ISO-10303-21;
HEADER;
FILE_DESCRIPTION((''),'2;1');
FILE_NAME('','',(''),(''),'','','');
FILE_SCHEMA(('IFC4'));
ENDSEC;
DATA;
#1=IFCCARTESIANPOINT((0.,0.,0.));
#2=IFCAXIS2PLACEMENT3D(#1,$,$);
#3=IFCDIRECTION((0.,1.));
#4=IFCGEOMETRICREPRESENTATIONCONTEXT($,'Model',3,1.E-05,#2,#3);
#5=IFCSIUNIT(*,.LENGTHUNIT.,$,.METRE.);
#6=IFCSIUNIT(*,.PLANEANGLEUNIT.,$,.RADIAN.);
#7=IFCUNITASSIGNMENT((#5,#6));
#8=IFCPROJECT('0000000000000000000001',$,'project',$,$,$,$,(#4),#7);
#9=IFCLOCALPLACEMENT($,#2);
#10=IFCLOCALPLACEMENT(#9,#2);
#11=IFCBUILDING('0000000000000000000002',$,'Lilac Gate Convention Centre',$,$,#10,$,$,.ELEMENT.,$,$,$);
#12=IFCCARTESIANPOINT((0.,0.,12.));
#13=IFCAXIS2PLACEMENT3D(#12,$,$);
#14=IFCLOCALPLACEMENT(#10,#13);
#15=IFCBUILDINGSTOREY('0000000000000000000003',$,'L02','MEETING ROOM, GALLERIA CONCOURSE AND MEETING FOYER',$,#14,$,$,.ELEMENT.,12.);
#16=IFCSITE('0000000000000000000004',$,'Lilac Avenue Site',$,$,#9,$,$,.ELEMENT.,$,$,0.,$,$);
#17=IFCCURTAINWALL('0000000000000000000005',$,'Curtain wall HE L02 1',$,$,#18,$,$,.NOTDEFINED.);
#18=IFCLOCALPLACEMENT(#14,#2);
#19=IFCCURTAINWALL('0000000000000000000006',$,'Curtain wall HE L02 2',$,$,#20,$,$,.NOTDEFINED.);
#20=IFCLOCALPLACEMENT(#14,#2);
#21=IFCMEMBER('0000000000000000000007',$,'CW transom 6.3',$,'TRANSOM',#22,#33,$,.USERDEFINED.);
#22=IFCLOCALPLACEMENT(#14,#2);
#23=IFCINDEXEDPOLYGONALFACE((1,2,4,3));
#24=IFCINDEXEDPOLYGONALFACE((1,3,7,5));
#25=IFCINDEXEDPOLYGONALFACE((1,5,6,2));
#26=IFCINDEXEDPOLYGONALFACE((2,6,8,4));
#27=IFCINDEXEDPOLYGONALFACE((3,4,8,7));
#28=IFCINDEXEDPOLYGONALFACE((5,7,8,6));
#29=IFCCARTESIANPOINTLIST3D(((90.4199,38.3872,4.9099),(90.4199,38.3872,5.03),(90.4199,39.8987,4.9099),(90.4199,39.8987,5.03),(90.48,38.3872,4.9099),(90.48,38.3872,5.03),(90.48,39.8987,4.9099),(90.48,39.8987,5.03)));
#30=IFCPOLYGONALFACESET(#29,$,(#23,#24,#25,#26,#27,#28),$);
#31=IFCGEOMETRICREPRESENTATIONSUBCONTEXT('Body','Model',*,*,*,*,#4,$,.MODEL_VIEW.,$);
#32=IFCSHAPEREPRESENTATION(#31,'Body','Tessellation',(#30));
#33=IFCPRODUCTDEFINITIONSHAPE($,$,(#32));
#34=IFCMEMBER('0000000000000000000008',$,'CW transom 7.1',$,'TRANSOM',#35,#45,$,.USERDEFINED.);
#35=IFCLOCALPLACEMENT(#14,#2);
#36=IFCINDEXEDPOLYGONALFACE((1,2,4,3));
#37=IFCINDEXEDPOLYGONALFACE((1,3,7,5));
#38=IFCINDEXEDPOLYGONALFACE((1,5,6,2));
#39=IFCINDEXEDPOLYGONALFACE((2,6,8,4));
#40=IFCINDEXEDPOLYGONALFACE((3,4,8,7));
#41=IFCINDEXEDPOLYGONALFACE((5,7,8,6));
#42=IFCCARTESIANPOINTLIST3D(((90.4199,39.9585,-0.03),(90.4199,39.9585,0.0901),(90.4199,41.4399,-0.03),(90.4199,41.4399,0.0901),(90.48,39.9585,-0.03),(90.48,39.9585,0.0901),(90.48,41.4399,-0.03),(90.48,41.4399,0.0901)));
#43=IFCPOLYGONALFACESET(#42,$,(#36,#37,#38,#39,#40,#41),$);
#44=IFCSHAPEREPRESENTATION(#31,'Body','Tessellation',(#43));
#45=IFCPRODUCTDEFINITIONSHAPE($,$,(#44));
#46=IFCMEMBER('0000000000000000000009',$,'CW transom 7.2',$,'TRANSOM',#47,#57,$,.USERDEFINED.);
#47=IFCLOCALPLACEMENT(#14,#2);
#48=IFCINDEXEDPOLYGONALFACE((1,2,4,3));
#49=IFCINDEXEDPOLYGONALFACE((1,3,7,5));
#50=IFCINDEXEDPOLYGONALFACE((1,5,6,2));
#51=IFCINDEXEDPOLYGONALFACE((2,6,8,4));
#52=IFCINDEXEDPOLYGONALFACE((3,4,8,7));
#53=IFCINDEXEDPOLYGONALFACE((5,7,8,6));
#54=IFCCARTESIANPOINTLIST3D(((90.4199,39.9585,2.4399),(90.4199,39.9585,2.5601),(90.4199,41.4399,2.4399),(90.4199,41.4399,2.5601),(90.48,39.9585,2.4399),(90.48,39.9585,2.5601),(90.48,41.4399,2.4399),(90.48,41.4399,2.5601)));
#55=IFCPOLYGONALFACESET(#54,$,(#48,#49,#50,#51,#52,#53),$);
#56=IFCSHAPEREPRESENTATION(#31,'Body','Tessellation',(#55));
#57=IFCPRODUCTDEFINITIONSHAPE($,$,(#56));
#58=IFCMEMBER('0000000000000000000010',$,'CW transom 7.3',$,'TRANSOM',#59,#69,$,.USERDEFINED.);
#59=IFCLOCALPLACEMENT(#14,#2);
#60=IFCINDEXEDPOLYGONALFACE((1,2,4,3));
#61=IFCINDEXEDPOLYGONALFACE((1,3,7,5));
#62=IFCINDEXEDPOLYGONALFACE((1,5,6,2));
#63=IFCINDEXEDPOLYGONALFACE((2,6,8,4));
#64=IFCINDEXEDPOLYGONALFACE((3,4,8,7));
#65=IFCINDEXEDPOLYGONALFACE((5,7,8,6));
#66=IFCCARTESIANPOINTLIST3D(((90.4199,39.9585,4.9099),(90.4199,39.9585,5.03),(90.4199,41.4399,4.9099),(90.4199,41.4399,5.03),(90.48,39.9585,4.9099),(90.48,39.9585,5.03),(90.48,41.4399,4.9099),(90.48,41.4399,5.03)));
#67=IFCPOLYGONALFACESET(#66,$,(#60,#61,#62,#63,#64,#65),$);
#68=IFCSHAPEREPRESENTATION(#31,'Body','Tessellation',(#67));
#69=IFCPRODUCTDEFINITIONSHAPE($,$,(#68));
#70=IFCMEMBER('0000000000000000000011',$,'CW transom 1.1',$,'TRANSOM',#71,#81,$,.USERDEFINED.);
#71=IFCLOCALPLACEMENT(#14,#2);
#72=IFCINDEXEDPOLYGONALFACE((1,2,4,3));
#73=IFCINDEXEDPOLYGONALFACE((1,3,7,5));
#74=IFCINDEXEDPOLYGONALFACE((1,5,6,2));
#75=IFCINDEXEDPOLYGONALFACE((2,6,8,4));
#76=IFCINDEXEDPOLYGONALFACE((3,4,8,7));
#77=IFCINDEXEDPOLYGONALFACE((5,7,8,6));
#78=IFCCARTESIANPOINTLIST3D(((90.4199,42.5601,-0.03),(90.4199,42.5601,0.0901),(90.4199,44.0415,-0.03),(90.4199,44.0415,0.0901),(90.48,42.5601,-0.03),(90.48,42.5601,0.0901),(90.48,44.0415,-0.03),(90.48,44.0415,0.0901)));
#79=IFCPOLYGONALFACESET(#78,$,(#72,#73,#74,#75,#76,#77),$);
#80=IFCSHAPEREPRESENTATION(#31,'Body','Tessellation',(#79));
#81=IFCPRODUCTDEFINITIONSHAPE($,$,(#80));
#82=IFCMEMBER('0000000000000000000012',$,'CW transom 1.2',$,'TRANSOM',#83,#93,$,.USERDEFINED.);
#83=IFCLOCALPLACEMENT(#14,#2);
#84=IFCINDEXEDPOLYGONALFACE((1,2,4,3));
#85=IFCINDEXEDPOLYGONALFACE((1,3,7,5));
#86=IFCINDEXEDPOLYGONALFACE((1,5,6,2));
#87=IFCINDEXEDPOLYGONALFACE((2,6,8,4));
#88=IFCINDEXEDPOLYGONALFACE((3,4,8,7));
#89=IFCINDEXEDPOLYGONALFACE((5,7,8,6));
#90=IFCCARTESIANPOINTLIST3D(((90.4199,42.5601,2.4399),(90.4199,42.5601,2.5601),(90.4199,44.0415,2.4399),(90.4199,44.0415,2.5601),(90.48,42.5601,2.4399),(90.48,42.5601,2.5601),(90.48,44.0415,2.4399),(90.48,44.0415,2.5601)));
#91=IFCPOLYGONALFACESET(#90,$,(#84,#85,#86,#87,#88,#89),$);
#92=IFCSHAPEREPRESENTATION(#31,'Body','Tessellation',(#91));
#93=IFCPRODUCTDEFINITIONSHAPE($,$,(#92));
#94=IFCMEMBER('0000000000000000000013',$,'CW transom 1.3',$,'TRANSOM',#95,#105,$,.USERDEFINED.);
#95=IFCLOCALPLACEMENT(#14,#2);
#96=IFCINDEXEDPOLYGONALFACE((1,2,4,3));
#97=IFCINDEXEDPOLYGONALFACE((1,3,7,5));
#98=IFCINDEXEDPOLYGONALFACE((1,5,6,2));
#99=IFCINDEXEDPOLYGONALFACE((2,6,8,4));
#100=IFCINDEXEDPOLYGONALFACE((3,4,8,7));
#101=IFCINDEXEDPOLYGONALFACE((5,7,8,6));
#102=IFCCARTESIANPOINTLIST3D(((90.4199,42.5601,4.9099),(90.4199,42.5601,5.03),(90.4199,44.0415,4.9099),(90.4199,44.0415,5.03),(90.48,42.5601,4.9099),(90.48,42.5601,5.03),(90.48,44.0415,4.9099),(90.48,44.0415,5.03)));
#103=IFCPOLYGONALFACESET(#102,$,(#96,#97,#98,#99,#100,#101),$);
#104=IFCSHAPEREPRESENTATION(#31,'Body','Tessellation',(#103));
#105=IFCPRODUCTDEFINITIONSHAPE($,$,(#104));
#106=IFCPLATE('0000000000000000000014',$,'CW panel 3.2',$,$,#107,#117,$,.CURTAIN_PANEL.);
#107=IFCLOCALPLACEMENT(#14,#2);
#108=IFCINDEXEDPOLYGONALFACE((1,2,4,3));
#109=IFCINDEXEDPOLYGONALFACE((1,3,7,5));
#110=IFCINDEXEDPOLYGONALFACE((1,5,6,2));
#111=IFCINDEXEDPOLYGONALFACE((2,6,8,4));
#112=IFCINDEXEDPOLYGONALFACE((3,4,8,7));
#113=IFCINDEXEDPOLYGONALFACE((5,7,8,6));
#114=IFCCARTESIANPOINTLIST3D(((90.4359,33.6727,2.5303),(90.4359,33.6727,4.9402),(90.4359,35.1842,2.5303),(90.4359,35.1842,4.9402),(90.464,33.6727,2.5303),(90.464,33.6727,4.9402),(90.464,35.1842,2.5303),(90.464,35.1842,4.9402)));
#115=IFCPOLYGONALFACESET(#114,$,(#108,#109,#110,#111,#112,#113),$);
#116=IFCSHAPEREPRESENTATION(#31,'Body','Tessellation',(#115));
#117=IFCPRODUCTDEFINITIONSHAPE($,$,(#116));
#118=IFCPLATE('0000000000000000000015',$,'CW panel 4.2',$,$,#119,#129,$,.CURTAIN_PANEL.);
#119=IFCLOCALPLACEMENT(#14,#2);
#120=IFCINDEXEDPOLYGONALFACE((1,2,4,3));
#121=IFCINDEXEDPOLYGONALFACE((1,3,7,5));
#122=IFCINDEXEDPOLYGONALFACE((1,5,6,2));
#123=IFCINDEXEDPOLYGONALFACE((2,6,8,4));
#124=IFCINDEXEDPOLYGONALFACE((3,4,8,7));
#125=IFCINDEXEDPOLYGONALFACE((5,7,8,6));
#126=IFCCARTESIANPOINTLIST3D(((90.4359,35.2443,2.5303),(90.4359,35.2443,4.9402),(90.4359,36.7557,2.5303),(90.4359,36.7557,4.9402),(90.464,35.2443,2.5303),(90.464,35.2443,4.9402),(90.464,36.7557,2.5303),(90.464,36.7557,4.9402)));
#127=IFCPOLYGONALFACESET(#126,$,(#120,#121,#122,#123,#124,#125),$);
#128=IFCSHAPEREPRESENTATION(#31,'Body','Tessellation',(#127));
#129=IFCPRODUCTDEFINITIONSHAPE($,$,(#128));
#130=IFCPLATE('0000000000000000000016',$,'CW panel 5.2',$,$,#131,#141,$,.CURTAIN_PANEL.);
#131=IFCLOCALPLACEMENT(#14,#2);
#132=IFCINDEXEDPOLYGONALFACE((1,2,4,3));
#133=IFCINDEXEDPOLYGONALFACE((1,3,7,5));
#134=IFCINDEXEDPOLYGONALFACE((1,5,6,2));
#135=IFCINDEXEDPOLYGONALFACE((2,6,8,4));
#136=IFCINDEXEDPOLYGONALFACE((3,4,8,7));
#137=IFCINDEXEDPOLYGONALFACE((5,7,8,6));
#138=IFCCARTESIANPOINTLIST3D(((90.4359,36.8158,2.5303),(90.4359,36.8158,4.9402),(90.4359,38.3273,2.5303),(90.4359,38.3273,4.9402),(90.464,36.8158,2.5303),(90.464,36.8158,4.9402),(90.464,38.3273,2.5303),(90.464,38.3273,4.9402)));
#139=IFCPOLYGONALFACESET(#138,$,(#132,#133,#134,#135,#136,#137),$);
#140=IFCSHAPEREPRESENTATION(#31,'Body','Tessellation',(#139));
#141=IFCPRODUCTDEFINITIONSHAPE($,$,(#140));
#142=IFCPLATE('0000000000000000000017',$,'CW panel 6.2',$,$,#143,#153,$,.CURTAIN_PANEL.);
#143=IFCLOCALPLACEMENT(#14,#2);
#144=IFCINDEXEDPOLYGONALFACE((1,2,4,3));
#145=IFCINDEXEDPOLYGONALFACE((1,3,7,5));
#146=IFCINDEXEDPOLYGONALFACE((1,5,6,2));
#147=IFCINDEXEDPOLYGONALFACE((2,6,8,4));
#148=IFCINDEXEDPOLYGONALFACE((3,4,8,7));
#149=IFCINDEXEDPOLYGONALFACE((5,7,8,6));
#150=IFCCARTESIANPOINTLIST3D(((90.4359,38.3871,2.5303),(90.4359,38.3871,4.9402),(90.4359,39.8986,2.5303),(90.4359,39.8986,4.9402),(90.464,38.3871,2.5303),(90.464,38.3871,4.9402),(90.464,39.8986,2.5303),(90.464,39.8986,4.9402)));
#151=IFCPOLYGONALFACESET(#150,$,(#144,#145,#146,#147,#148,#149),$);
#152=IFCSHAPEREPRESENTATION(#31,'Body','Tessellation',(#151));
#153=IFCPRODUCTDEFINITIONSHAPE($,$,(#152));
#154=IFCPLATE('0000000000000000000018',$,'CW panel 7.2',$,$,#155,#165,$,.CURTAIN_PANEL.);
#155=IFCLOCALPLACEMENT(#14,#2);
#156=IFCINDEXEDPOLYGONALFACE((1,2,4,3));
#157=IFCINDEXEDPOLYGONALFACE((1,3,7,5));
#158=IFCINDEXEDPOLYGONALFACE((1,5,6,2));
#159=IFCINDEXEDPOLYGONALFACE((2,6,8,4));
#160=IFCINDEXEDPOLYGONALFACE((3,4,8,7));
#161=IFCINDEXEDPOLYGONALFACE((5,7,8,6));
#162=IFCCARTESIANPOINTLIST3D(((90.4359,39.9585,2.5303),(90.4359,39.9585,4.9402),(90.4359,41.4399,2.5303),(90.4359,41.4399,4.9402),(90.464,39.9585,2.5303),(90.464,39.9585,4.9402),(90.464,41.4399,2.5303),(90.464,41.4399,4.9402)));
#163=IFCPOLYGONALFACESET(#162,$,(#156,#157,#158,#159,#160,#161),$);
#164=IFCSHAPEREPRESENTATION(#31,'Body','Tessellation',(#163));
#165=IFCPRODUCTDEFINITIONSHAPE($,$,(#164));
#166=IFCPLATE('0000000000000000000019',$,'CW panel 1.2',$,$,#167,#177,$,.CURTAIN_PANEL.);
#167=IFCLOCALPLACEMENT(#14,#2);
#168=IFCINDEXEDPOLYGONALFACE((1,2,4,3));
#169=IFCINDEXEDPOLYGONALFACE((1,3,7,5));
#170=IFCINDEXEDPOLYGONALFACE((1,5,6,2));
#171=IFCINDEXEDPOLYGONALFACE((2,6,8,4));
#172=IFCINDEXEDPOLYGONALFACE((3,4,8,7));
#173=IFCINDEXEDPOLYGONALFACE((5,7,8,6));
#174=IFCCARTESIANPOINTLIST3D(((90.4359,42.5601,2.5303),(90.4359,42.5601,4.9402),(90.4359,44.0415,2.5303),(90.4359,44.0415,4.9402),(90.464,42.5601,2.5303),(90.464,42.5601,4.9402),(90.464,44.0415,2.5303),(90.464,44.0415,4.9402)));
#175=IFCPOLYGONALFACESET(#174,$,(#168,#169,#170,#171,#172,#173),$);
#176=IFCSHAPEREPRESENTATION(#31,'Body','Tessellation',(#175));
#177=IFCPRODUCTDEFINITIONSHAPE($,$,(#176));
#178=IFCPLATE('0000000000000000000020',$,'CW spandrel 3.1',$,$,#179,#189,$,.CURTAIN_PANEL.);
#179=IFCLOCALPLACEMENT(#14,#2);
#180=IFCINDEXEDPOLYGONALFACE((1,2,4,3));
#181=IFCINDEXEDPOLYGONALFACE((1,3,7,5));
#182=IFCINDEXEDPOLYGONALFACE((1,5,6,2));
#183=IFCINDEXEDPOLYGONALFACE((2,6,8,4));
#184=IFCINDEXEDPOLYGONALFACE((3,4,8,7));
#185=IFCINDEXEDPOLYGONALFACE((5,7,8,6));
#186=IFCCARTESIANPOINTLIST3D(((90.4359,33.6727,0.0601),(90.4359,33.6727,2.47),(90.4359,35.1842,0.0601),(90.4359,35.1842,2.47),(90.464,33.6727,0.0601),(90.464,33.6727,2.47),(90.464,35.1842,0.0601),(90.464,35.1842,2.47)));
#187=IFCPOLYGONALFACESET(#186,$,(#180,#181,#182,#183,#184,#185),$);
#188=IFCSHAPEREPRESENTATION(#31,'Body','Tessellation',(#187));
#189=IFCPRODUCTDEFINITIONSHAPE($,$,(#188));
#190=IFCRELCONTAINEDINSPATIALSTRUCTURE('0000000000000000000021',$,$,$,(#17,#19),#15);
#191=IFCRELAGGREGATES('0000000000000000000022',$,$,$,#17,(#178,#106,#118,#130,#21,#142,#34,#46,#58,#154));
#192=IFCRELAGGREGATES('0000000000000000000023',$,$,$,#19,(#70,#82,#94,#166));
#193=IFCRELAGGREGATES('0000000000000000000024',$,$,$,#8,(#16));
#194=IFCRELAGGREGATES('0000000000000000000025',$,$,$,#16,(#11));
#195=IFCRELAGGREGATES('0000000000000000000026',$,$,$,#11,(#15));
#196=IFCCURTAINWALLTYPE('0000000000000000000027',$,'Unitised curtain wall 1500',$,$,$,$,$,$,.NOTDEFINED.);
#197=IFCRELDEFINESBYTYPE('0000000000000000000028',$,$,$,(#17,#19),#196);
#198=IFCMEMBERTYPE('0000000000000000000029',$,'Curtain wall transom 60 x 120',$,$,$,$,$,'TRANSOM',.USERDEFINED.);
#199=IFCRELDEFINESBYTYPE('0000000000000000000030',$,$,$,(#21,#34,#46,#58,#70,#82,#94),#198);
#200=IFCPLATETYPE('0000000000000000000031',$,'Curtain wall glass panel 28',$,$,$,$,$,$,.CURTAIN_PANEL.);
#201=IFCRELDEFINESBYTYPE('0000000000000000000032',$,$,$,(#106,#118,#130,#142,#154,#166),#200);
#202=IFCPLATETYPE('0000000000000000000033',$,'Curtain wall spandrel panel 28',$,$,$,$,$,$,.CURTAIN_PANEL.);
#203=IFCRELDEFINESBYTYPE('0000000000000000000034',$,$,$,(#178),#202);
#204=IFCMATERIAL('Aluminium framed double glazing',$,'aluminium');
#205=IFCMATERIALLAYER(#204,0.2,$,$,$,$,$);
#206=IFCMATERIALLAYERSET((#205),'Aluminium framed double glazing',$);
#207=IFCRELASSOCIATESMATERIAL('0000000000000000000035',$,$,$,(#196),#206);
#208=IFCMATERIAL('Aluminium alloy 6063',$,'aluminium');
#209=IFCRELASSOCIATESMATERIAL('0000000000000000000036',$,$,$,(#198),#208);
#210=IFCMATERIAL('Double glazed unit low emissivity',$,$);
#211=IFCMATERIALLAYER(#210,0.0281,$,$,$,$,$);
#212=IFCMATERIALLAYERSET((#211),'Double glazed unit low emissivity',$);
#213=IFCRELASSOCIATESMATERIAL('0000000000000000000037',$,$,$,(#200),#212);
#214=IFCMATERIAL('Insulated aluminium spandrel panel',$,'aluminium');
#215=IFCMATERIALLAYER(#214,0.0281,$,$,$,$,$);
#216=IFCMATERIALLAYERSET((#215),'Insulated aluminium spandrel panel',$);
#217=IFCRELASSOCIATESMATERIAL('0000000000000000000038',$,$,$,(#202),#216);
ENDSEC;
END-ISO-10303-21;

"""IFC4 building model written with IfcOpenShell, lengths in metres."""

from ifc_helpers import new_model, si_unit, direction, frame, origin, origin_2d, place, context, subcontext, project, spatial, rectangle, extrude, material, layer, layer_set, material_profile, profile_set, type_object, element, aggregate, save


model = new_model("IFC4")

# Units and contexts
model_context = context("Model", 3, precision=1e-05, world=origin(), true_north=direction((0.0, 1.0)))
body_context = subcontext(model_context, "Body", "Model", "MODEL_VIEW")
ifc_project = project(units=[si_unit("LENGTHUNIT", "METRE"), si_unit("PLANEANGLEUNIT", "RADIAN")], contexts=[model_context])

# Site, building, storey
site_placement = place(None, origin())
site = spatial("IfcSite", under=ifc_project, at=site_placement, Name="Lilac Avenue Site", CompositionType="ELEMENT", RefElevation=0.0)
building_placement = place(site_placement, origin())
building = spatial("IfcBuilding", under=site, at=building_placement, Name="Lilac Gate Convention Centre", CompositionType="ELEMENT")
storey_placement = place(building_placement, frame((0.0, 0.0, 12.0)))
storey = spatial("IfcBuildingStorey", under=building, at=storey_placement, Name="L02", Description="MEETING ROOM, GALLERIA CONCOURSE AND MEETING FOYER", CompositionType="ELEMENT", Elevation=12.0)

# Curtain wall
ifc_material_1 = material(Name="Aluminium framed double glazing", Category="aluminium")
ifc_layer_1 = layer(ifc_material_1, 0.2)
ifc_layer_set_1 = layer_set([ifc_layer_1], Name="Aluminium framed double glazing")
curtain_wall_type = type_object("IfcCurtainWallType", Name="Unitised curtain wall 1500", PredefinedType="NOTDEFINED", material=ifc_layer_set_1)
curtain_wall_1_placement = place(storey_placement, origin())
curtain_wall_1 = element("IfcCurtainWall", 1, at=curtain_wall_1_placement, inside=storey, type_object=curtain_wall_type, Name="Curtain wall HE L02 1", PredefinedType="NOTDEFINED")
ifc_material_2 = material(Name="Aluminium alloy 6063", Category="aluminium")

# Curtain wall
curtain_wall_2_placement = place(storey_placement, origin())
curtain_wall_2 = element("IfcCurtainWall", 2, at=curtain_wall_2_placement, inside=storey, type_object=curtain_wall_type, Name="Curtain wall HE L02 2", PredefinedType="NOTDEFINED")

# Members
ifc_material_profile_1 = material_profile(ifc_material_2, rectangle(XDim=0.0601, YDim=0.1201, at=origin_2d()), Name="Curtain wall transom 60 x 120")
ifc_profile_set_1 = profile_set([ifc_material_profile_1], Name="Aluminium alloy 6063")
member_type_1 = type_object("IfcMemberType", Name="Curtain wall transom 60 x 120", ElementType="TRANSOM", PredefinedType="USERDEFINED", material=ifc_profile_set_1)
member_1_placement = place(storey_placement, frame((90.45, 38.3872, 4.97), z_axis=(0.0, 1.0, 0.0), x_axis=(-1.0, 0.0, 0.0)))
member_1 = element("IfcMember", 3, at=member_1_placement, type_object=member_type_1, Name="CW transom 6.3", ObjectType="TRANSOM", PredefinedType="USERDEFINED", context=body_context, shape_type="SweptSolid", body=[
    extrude(rectangle(XDim=0.0601, YDim=0.1201, at=origin_2d()), origin(), (0.0, 0.0, 1.0), 1.5115),
])
member_2_placement = place(storey_placement, frame((90.45, 39.9585, 0.03), z_axis=(0.0, 1.0, 0.0), x_axis=(-1.0, 0.0, 0.0)))
member_2 = element("IfcMember", 4, at=member_2_placement, type_object=member_type_1, Name="CW transom 7.1", ObjectType="TRANSOM", PredefinedType="USERDEFINED", context=body_context, shape_type="SweptSolid", body=[
    extrude(rectangle(XDim=0.0601, YDim=0.1201, at=origin_2d()), origin(), (0.0, 0.0, 1.0), 1.4814),
])
member_3_placement = place(storey_placement, frame((90.45, 39.9585, 2.5), z_axis=(0.0, 1.0, 0.0), x_axis=(-1.0, 0.0, 0.0)))
member_3 = element("IfcMember", 5, at=member_3_placement, type_object=member_type_1, Name="CW transom 7.2", ObjectType="TRANSOM", PredefinedType="USERDEFINED", context=body_context, shape_type="SweptSolid", body=[
    extrude(rectangle(XDim=0.0601, YDim=0.1201, at=origin_2d()), origin(), (0.0, 0.0, 1.0), 1.4814),
])
member_4_placement = place(storey_placement, frame((90.45, 39.9585, 4.97), z_axis=(0.0, 1.0, 0.0), x_axis=(-1.0, 0.0, 0.0)))
member_4 = element("IfcMember", 6, at=member_4_placement, type_object=member_type_1, Name="CW transom 7.3", ObjectType="TRANSOM", PredefinedType="USERDEFINED", context=body_context, shape_type="SweptSolid", body=[
    extrude(rectangle(XDim=0.0601, YDim=0.1201, at=origin_2d()), origin(), (0.0, 0.0, 1.0), 1.4814),
])
member_5_placement = place(storey_placement, frame((90.45, 42.5601, 0.03), z_axis=(0.0, 1.0, 0.0), x_axis=(-1.0, 0.0, 0.0)))
member_5 = element("IfcMember", 7, at=member_5_placement, type_object=member_type_1, Name="CW transom 1.1", ObjectType="TRANSOM", PredefinedType="USERDEFINED", context=body_context, shape_type="SweptSolid", body=[
    extrude(rectangle(XDim=0.0601, YDim=0.1201, at=origin_2d()), origin(), (0.0, 0.0, 1.0), 1.4814),
])
member_6_placement = place(storey_placement, frame((90.45, 42.5601, 2.5), z_axis=(0.0, 1.0, 0.0), x_axis=(-1.0, 0.0, 0.0)))
member_6 = element("IfcMember", 8, at=member_6_placement, type_object=member_type_1, Name="CW transom 1.2", ObjectType="TRANSOM", PredefinedType="USERDEFINED", context=body_context, shape_type="SweptSolid", body=[
    extrude(rectangle(XDim=0.0601, YDim=0.1201, at=origin_2d()), origin(), (0.0, 0.0, 1.0), 1.4814),
])
member_7_placement = place(storey_placement, frame((90.45, 42.5601, 4.97), z_axis=(0.0, 1.0, 0.0), x_axis=(-1.0, 0.0, 0.0)))
member_7 = element("IfcMember", 9, at=member_7_placement, type_object=member_type_1, Name="CW transom 1.3", ObjectType="TRANSOM", PredefinedType="USERDEFINED", context=body_context, shape_type="SweptSolid", body=[
    extrude(rectangle(XDim=0.0601, YDim=0.1201, at=origin_2d()), origin(), (0.0, 0.0, 1.0), 1.4814),
])

# Plates
ifc_material_3 = material(Name="Double glazed unit low emissivity")
ifc_layer_2 = layer(ifc_material_3, 0.0281)
ifc_layer_set_2 = layer_set([ifc_layer_2], Name="Double glazed unit low emissivity")
plate_type_1 = type_object("IfcPlateType", Name="Curtain wall glass panel 28", PredefinedType="CURTAIN_PANEL", material=ifc_layer_set_2)
plate_1_placement = place(storey_placement, frame((90.45, 34.4285, 2.5303), z_axis=(0.0, 0.0, 1.0), x_axis=(0.0, 1.0, 0.0)))
plate_1 = element("IfcPlate", 10, at=plate_1_placement, type_object=plate_type_1, Name="CW panel 3.2", PredefinedType="CURTAIN_PANEL", context=body_context, shape_type="SweptSolid", body=[
    extrude(rectangle(XDim=1.5115, YDim=0.0281, at=origin_2d()), origin(), (0.0, 0.0, 1.0), 2.4099),
])
plate_2_placement = place(storey_placement, frame((90.45, 36.0, 2.5303), z_axis=(0.0, 0.0, 1.0), x_axis=(0.0, 1.0, 0.0)))
plate_2 = element("IfcPlate", 11, at=plate_2_placement, type_object=plate_type_1, Name="CW panel 4.2", PredefinedType="CURTAIN_PANEL", context=body_context, shape_type="SweptSolid", body=[
    extrude(rectangle(XDim=1.5115, YDim=0.0281, at=origin_2d()), origin(), (0.0, 0.0, 1.0), 2.4099),
])
plate_3_placement = place(storey_placement, frame((90.45, 37.5715, 2.5303), z_axis=(0.0, 0.0, 1.0), x_axis=(0.0, 1.0, 0.0)))
plate_3 = element("IfcPlate", 12, at=plate_3_placement, type_object=plate_type_1, Name="CW panel 5.2", PredefinedType="CURTAIN_PANEL", context=body_context, shape_type="SweptSolid", body=[
    extrude(rectangle(XDim=1.5115, YDim=0.0281, at=origin_2d()), origin(), (0.0, 0.0, 1.0), 2.4099),
])
plate_4_placement = place(storey_placement, frame((90.45, 39.1428, 2.5303), z_axis=(0.0, 0.0, 1.0), x_axis=(0.0, 1.0, 0.0)))
plate_4 = element("IfcPlate", 13, at=plate_4_placement, type_object=plate_type_1, Name="CW panel 6.2", PredefinedType="CURTAIN_PANEL", context=body_context, shape_type="SweptSolid", body=[
    extrude(rectangle(XDim=1.5115, YDim=0.0281, at=origin_2d()), origin(), (0.0, 0.0, 1.0), 2.4099),
])
plate_5_placement = place(storey_placement, frame((90.45, 40.6992, 2.5303), z_axis=(0.0, 0.0, 1.0), x_axis=(0.0, 1.0, 0.0)))
plate_5 = element("IfcPlate", 14, at=plate_5_placement, type_object=plate_type_1, Name="CW panel 7.2", PredefinedType="CURTAIN_PANEL", context=body_context, shape_type="SweptSolid", body=[
    extrude(rectangle(XDim=1.4814, YDim=0.0281, at=origin_2d()), origin(), (0.0, 0.0, 1.0), 2.4099),
])
plate_6_placement = place(storey_placement, frame((90.45, 43.3008, 2.5303), z_axis=(0.0, 0.0, 1.0), x_axis=(0.0, 1.0, 0.0)))
plate_6 = element("IfcPlate", 15, at=plate_6_placement, type_object=plate_type_1, Name="CW panel 1.2", PredefinedType="CURTAIN_PANEL", context=body_context, shape_type="SweptSolid", body=[
    extrude(rectangle(XDim=1.4814, YDim=0.0281, at=origin_2d()), origin(), (0.0, 0.0, 1.0), 2.4099),
])
ifc_material_4 = material(Name="Insulated aluminium spandrel panel", Category="aluminium")
ifc_layer_3 = layer(ifc_material_4, 0.0281)
ifc_layer_set_3 = layer_set([ifc_layer_3], Name="Insulated aluminium spandrel panel")
plate_type_2 = type_object("IfcPlateType", Name="Curtain wall spandrel panel 28", PredefinedType="CURTAIN_PANEL", material=ifc_layer_set_3)
plate_7_placement = place(storey_placement, frame((90.45, 34.4285, 0.0601), z_axis=(0.0, 0.0, 1.0), x_axis=(0.0, 1.0, 0.0)))
plate_7 = element("IfcPlate", 16, at=plate_7_placement, type_object=plate_type_2, Name="CW spandrel 3.1", PredefinedType="CURTAIN_PANEL", context=body_context, shape_type="SweptSolid", body=[
    extrude(rectangle(XDim=1.5115, YDim=0.0281, at=origin_2d()), origin(), (0.0, 0.0, 1.0), 2.4099),
])
aggregate(curtain_wall_1, [plate_7, plate_1, plate_2, plate_3, member_1, plate_4, member_2, member_3, member_4, plate_5])
aggregate(curtain_wall_2, [member_5, member_6, member_7, plate_6])

save(model, "model.ifc")
